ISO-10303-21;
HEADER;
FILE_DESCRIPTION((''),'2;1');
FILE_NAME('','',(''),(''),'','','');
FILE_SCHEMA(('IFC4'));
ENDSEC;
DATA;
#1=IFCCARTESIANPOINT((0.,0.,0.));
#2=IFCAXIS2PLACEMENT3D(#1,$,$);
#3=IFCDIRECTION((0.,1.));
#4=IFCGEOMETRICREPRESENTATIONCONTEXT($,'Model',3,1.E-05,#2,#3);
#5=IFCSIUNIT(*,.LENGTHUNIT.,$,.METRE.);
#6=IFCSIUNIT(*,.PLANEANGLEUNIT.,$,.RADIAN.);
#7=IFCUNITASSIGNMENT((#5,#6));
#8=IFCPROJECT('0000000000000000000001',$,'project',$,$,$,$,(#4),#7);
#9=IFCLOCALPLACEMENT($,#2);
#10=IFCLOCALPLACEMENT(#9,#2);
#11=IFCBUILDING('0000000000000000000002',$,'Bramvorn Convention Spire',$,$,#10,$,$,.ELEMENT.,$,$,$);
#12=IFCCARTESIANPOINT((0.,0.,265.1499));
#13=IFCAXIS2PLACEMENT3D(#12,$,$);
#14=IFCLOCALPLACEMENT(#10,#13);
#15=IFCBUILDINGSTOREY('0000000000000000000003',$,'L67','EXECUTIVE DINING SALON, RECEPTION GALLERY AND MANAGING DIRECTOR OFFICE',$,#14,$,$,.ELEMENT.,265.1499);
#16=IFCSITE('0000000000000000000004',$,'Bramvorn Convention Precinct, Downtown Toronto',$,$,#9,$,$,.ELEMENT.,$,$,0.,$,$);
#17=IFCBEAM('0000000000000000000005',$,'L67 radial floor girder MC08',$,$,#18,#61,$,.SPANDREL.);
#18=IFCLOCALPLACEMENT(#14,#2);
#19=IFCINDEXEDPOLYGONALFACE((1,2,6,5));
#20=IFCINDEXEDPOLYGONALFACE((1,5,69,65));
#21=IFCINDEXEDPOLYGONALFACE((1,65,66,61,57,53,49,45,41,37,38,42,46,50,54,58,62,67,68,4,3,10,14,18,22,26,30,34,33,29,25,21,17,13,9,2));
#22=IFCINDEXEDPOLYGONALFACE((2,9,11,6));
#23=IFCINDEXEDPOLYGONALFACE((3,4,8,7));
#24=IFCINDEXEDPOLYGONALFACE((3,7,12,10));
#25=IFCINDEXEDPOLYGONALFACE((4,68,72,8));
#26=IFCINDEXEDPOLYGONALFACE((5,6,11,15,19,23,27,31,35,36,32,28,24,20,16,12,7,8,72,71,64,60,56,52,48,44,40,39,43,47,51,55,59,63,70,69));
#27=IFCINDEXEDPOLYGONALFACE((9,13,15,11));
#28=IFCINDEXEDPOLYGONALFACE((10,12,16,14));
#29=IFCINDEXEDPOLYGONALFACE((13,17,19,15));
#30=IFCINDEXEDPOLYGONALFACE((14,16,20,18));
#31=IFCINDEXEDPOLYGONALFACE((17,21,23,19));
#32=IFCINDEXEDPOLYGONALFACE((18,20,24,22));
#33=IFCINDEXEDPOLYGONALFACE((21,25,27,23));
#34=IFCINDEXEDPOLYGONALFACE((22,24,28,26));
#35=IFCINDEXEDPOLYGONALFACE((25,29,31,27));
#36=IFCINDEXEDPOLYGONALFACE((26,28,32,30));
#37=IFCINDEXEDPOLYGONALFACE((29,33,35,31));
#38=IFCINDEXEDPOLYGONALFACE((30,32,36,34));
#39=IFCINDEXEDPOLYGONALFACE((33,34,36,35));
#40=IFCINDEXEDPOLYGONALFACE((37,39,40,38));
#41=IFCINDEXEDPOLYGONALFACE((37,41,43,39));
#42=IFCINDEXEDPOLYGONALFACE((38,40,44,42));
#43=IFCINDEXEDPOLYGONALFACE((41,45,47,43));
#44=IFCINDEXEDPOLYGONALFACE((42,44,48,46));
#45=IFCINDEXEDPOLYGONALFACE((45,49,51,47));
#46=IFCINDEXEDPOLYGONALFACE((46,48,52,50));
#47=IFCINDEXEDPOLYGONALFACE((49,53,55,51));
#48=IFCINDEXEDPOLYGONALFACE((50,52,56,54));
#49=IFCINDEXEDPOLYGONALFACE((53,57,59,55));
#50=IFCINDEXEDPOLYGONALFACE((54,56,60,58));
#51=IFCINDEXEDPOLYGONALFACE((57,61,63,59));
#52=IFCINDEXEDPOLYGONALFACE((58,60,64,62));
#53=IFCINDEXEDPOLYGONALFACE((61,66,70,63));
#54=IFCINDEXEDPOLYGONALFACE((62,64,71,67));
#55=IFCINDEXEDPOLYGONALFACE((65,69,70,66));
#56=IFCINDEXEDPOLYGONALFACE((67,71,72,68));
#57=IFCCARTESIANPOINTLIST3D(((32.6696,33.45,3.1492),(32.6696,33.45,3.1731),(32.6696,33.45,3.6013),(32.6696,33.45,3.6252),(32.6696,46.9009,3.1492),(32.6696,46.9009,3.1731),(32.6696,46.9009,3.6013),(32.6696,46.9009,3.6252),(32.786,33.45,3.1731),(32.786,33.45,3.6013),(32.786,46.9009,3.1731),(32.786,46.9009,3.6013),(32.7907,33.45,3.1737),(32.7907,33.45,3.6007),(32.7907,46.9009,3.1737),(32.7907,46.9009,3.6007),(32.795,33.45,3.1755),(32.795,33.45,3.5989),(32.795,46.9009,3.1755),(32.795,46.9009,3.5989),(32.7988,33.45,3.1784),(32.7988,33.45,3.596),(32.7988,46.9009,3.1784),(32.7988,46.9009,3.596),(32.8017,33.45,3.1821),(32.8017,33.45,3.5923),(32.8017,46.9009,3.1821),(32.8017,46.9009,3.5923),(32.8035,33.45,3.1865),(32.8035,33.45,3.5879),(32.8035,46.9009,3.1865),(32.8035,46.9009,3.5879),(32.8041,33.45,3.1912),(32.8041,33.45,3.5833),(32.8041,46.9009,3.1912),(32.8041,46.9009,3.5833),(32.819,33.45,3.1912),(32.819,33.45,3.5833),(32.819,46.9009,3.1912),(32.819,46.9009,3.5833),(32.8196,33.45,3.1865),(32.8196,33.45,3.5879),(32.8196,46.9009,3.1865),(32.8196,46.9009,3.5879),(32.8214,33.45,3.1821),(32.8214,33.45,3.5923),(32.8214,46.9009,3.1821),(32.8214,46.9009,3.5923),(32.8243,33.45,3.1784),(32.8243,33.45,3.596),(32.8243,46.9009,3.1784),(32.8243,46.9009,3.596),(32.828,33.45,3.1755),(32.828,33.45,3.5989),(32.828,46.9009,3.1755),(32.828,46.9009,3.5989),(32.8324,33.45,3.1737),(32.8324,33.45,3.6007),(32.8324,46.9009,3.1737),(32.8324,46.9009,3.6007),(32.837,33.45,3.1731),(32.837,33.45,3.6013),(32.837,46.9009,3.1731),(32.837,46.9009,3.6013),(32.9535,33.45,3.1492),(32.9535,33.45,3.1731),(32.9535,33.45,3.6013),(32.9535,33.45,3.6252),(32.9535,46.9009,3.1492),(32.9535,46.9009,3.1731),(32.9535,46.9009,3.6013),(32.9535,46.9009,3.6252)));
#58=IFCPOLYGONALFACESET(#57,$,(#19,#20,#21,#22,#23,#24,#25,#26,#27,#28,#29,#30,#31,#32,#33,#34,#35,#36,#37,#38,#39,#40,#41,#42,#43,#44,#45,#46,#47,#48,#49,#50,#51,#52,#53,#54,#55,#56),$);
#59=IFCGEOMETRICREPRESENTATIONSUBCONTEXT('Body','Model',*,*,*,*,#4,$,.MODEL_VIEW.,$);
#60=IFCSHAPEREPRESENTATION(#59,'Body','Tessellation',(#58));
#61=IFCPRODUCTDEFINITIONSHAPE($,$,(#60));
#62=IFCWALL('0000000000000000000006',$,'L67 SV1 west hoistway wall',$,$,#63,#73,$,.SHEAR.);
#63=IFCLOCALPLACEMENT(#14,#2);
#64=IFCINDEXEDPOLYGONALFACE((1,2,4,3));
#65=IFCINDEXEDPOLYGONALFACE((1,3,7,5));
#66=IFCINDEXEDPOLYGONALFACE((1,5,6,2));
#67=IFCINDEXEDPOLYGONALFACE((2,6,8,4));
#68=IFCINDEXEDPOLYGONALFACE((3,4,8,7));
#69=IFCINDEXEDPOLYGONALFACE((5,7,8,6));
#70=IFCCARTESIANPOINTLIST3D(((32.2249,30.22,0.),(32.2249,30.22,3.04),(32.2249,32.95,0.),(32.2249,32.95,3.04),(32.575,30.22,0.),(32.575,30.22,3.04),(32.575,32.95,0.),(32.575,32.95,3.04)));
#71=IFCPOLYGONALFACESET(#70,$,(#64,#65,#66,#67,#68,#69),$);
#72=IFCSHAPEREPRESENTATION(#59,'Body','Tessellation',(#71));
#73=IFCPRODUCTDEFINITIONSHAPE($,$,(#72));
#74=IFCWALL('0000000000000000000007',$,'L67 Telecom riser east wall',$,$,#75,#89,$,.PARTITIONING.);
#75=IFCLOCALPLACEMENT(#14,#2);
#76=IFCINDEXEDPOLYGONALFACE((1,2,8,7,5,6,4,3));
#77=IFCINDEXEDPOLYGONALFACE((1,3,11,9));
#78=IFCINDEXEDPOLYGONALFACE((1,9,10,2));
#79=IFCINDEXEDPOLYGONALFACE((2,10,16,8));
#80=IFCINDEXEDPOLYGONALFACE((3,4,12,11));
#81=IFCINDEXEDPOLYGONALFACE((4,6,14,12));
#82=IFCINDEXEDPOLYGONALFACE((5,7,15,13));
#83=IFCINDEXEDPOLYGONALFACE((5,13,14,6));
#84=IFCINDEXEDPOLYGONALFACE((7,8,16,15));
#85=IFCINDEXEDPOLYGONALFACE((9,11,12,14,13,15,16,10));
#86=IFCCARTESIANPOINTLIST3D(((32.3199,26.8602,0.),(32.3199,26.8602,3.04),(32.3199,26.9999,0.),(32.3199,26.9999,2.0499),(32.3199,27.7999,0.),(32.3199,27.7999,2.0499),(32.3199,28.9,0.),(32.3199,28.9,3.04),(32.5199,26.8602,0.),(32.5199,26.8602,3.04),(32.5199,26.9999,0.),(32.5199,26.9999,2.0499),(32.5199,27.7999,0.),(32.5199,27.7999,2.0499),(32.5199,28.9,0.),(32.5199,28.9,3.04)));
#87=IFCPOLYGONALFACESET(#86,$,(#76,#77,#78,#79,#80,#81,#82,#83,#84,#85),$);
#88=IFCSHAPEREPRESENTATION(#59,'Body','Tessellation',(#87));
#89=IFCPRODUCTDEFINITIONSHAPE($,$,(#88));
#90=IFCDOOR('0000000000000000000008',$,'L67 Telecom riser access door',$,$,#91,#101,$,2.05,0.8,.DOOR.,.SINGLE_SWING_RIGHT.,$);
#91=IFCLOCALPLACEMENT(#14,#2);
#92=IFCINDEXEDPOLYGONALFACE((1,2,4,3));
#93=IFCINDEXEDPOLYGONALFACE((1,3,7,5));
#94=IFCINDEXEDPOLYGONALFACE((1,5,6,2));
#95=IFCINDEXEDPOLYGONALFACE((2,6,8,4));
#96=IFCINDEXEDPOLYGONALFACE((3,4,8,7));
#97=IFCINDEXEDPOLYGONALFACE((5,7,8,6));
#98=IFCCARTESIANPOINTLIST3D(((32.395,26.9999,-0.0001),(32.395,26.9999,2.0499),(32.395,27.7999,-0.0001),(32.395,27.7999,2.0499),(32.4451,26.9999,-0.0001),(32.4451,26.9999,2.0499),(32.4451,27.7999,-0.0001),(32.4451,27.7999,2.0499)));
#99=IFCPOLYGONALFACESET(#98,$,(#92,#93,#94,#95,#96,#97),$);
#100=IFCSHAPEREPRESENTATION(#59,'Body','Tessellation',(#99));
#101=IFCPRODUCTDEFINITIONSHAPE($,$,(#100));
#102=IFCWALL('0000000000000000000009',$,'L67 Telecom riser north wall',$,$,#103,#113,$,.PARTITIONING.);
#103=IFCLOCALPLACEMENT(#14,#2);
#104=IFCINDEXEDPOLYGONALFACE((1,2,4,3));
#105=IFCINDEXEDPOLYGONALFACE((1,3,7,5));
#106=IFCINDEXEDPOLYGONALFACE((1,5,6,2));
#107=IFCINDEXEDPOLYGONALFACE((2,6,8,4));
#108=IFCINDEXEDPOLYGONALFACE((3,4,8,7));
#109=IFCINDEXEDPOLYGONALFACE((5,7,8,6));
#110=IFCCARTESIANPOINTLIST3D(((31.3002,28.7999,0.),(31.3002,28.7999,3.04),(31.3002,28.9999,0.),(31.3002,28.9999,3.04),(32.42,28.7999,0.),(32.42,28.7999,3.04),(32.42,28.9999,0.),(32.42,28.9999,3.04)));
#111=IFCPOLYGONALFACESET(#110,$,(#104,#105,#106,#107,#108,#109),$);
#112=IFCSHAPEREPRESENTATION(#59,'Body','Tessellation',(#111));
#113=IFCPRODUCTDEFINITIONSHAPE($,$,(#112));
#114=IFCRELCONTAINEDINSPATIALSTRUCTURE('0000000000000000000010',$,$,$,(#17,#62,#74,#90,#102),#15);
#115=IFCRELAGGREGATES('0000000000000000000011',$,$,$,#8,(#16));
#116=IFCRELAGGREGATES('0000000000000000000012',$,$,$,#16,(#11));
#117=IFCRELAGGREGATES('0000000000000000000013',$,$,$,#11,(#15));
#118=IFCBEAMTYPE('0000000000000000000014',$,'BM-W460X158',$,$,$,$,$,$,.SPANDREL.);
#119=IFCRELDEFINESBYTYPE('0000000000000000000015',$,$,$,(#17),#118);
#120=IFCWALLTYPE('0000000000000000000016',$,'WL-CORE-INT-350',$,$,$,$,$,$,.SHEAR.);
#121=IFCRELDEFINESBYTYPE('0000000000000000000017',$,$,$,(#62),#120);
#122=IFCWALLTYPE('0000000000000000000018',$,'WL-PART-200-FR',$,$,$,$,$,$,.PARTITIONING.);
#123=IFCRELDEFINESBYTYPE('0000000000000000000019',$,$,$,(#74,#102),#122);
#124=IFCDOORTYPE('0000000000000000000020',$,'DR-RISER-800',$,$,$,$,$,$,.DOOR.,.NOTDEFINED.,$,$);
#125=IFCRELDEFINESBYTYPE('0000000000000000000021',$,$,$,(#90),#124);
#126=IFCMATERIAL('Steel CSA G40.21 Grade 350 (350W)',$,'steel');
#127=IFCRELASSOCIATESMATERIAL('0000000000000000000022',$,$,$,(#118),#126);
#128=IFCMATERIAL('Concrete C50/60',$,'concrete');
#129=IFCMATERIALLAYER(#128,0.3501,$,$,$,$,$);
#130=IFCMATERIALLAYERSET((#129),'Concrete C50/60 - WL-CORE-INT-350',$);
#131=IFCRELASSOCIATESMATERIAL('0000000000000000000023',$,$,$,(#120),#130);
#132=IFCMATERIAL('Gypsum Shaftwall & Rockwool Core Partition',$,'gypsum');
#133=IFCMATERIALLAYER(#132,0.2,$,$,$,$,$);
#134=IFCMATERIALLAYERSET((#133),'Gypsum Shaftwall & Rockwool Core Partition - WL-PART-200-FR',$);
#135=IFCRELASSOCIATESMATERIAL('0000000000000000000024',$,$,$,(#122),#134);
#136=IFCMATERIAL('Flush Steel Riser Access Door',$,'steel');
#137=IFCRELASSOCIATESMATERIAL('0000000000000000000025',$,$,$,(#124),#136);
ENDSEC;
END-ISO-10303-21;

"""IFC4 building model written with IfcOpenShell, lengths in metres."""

from ifc_helpers import new_model, si_unit, direction, frame, frame_2d, origin, origin_2d, place, context, subcontext, project, spatial, rectangle, i_section, extrude, material, layer, layer_set, material_profile, profile_set, type_object, element, fill, save


model = new_model("IFC4")

# Units and contexts
model_context = context("Model", 3, precision=1e-05, world=origin(), true_north=direction((0.0, 1.0)))
body_context = subcontext(model_context, "Body", "Model", "MODEL_VIEW")
ifc_project = project(units=[si_unit("LENGTHUNIT", "METRE"), si_unit("PLANEANGLEUNIT", "RADIAN")], contexts=[model_context])

# Site, building, storey
site_placement = place(None, origin())
site = spatial("IfcSite", under=ifc_project, at=site_placement, Name="Bramvorn Convention Precinct, Downtown Toronto", CompositionType="ELEMENT", RefElevation=0.0)
building_placement = place(site_placement, origin())
building = spatial("IfcBuilding", under=site, at=building_placement, Name="Bramvorn Convention Spire", CompositionType="ELEMENT")
storey_placement = place(building_placement, frame((0.0, 0.0, 265.1499)))
storey = spatial("IfcBuildingStorey", under=building, at=storey_placement, Name="L67", Description="EXECUTIVE DINING SALON, RECEPTION GALLERY AND MANAGING DIRECTOR OFFICE", CompositionType="ELEMENT", Elevation=265.1499)

# Beam
ifc_material_1 = material(Name="Steel CSA G40.21 Grade 350 (350W)", Category="steel")
ifc_material_profile = material_profile(ifc_material_1, i_section(OverallWidth=0.2839, OverallDepth=0.4761, WebThickness=0.0149, FlangeThickness=0.0239, FilletRadius=0.0181, at=origin_2d()))
ifc_profile_set = profile_set([ifc_material_profile], Name="Steel CSA G40.21 Grade 350 (350W) - W460X158")
beam_type = type_object("IfcBeamType", Name="BM-W460X158", PredefinedType="SPANDREL", material=ifc_profile_set)
beam_placement = place(storey_placement, frame((32.8115, 33.45, 3.3872), z_axis=(0.0, 1.0, 0.0), x_axis=(-1.0, 0.0, 0.0)))
element("IfcBeam", 1, at=beam_placement, inside=storey, type_object=beam_type, Name="L67 radial floor girder MC08", PredefinedType="SPANDREL", context=body_context, shape_type="SweptSolid", body=[
    extrude(i_section(OverallWidth=0.2839, OverallDepth=0.4761, WebThickness=0.0149, FlangeThickness=0.0239, FilletRadius=0.0181, at=origin_2d()), origin(), (0.0, 0.0, 1.0), 13.4509),
])

# Shared definitions
ifc_material_2 = material(Name="Concrete C50/60", Category="concrete")
ifc_layer_1 = layer(ifc_material_2, 0.3501)
ifc_layer_set_1 = layer_set([ifc_layer_1], Name="Concrete C50/60 - WL-CORE-INT-350")
wall_type_1 = type_object("IfcWallType", Name="WL-CORE-INT-350", PredefinedType="SHEAR", material=ifc_layer_set_1)

# Wall
wall_1_placement = place(storey_placement, frame((32.3999, 30.22, 0.0), z_axis=(0.0, 0.0, 1.0), x_axis=(0.0, 1.0, 0.0)))
element("IfcWall", 2, at=wall_1_placement, inside=storey, type_object=wall_type_1, Name="L67 SV1 west hoistway wall", PredefinedType="SHEAR", context=body_context, shape_type="SweptSolid", body=[
    extrude(rectangle(XDim=2.73, YDim=0.3501, at=frame_2d((1.365, 0.0))), origin(), (0.0, 0.0, 1.0), 3.04),
])

# Wall, opening, door
ifc_material_3 = material(Name="Gypsum Shaftwall & Rockwool Core Partition", Category="gypsum")
ifc_layer_2 = layer(ifc_material_3, 0.2)
ifc_layer_set_2 = layer_set([ifc_layer_2], Name="Gypsum Shaftwall & Rockwool Core Partition - WL-PART-200-FR")
wall_type_2 = type_object("IfcWallType", Name="WL-PART-200-FR", PredefinedType="PARTITIONING", material=ifc_layer_set_2)
wall_2_placement = place(storey_placement, frame((32.4199, 26.8601, 0.0), z_axis=(0.0, 0.0, 1.0), x_axis=(0.0, 1.0, 0.0)))
wall_2 = element("IfcWall", 3, at=wall_2_placement, inside=storey, type_object=wall_type_2, Name="L67 Telecom riser east wall", PredefinedType="PARTITIONING", context=body_context, shape_type="SweptSolid", body=[
    extrude(rectangle(XDim=2.0398, YDim=0.2, at=frame_2d((1.02, 0.0))), origin(), (0.0, 0.0, 1.0), 3.04),
])
opening_1_placement = place(wall_2_placement, frame((0.1399, 0.0, 0.0)))
opening_1 = element("IfcOpeningElement", 4, at=opening_1_placement, cuts=wall_2, PredefinedType="OPENING", context=body_context, shape_type="SweptSolid", body=[
    extrude(rectangle(XDim=0.8, YDim=2.05, at=frame_2d((0.3999, 1.0249))), frame((0.0, 0.1099, 0.0), z_axis=(0.0, -1.0, 0.0), x_axis=(1.0, 0.0, 0.0)), (0.0, 0.0, 1.0), 0.22),
])
ifc_material_4 = material(Name="Flush Steel Riser Access Door", Category="steel")
door_type_1 = type_object("IfcDoorType", Name="DR-RISER-800", OperationType="NOTDEFINED", PredefinedType="DOOR", material=ifc_material_4)
door_1_placement = place(opening_1_placement, origin())
door_1 = element("IfcDoor", 5, at=door_1_placement, inside=storey, type_object=door_type_1, Name="L67 Telecom riser access door", OperationType="SINGLE_SWING_RIGHT", OverallHeight=2.05, OverallWidth=0.8, PredefinedType="DOOR", context=body_context, shape_type="SweptSolid", body=[
    extrude(rectangle(XDim=0.8, YDim=2.05, at=frame_2d((0.3999, 1.0249))), frame((0.0, 0.0249, 0.0), z_axis=(0.0, -1.0, 0.0), x_axis=(1.0, 0.0, 0.0)), (0.0, 0.0, 1.0), 0.05),
])
fill(opening_1, door_1)

# Wall
wall_3_placement = place(storey_placement, frame((31.3, 28.8999, 0.0), z_axis=(0.0, 0.0, 1.0), x_axis=(1.0, 0.0, 0.0)))
element("IfcWall", 6, at=wall_3_placement, inside=storey, type_object=wall_type_2, Name="L67 Telecom riser north wall", PredefinedType="PARTITIONING", context=body_context, shape_type="SweptSolid", body=[
    extrude(rectangle(XDim=1.1199, YDim=0.2, at=frame_2d((0.5601, 0.0))), origin(), (0.0, 0.0, 1.0), 3.04),
])

save(model, "model.ifc")
